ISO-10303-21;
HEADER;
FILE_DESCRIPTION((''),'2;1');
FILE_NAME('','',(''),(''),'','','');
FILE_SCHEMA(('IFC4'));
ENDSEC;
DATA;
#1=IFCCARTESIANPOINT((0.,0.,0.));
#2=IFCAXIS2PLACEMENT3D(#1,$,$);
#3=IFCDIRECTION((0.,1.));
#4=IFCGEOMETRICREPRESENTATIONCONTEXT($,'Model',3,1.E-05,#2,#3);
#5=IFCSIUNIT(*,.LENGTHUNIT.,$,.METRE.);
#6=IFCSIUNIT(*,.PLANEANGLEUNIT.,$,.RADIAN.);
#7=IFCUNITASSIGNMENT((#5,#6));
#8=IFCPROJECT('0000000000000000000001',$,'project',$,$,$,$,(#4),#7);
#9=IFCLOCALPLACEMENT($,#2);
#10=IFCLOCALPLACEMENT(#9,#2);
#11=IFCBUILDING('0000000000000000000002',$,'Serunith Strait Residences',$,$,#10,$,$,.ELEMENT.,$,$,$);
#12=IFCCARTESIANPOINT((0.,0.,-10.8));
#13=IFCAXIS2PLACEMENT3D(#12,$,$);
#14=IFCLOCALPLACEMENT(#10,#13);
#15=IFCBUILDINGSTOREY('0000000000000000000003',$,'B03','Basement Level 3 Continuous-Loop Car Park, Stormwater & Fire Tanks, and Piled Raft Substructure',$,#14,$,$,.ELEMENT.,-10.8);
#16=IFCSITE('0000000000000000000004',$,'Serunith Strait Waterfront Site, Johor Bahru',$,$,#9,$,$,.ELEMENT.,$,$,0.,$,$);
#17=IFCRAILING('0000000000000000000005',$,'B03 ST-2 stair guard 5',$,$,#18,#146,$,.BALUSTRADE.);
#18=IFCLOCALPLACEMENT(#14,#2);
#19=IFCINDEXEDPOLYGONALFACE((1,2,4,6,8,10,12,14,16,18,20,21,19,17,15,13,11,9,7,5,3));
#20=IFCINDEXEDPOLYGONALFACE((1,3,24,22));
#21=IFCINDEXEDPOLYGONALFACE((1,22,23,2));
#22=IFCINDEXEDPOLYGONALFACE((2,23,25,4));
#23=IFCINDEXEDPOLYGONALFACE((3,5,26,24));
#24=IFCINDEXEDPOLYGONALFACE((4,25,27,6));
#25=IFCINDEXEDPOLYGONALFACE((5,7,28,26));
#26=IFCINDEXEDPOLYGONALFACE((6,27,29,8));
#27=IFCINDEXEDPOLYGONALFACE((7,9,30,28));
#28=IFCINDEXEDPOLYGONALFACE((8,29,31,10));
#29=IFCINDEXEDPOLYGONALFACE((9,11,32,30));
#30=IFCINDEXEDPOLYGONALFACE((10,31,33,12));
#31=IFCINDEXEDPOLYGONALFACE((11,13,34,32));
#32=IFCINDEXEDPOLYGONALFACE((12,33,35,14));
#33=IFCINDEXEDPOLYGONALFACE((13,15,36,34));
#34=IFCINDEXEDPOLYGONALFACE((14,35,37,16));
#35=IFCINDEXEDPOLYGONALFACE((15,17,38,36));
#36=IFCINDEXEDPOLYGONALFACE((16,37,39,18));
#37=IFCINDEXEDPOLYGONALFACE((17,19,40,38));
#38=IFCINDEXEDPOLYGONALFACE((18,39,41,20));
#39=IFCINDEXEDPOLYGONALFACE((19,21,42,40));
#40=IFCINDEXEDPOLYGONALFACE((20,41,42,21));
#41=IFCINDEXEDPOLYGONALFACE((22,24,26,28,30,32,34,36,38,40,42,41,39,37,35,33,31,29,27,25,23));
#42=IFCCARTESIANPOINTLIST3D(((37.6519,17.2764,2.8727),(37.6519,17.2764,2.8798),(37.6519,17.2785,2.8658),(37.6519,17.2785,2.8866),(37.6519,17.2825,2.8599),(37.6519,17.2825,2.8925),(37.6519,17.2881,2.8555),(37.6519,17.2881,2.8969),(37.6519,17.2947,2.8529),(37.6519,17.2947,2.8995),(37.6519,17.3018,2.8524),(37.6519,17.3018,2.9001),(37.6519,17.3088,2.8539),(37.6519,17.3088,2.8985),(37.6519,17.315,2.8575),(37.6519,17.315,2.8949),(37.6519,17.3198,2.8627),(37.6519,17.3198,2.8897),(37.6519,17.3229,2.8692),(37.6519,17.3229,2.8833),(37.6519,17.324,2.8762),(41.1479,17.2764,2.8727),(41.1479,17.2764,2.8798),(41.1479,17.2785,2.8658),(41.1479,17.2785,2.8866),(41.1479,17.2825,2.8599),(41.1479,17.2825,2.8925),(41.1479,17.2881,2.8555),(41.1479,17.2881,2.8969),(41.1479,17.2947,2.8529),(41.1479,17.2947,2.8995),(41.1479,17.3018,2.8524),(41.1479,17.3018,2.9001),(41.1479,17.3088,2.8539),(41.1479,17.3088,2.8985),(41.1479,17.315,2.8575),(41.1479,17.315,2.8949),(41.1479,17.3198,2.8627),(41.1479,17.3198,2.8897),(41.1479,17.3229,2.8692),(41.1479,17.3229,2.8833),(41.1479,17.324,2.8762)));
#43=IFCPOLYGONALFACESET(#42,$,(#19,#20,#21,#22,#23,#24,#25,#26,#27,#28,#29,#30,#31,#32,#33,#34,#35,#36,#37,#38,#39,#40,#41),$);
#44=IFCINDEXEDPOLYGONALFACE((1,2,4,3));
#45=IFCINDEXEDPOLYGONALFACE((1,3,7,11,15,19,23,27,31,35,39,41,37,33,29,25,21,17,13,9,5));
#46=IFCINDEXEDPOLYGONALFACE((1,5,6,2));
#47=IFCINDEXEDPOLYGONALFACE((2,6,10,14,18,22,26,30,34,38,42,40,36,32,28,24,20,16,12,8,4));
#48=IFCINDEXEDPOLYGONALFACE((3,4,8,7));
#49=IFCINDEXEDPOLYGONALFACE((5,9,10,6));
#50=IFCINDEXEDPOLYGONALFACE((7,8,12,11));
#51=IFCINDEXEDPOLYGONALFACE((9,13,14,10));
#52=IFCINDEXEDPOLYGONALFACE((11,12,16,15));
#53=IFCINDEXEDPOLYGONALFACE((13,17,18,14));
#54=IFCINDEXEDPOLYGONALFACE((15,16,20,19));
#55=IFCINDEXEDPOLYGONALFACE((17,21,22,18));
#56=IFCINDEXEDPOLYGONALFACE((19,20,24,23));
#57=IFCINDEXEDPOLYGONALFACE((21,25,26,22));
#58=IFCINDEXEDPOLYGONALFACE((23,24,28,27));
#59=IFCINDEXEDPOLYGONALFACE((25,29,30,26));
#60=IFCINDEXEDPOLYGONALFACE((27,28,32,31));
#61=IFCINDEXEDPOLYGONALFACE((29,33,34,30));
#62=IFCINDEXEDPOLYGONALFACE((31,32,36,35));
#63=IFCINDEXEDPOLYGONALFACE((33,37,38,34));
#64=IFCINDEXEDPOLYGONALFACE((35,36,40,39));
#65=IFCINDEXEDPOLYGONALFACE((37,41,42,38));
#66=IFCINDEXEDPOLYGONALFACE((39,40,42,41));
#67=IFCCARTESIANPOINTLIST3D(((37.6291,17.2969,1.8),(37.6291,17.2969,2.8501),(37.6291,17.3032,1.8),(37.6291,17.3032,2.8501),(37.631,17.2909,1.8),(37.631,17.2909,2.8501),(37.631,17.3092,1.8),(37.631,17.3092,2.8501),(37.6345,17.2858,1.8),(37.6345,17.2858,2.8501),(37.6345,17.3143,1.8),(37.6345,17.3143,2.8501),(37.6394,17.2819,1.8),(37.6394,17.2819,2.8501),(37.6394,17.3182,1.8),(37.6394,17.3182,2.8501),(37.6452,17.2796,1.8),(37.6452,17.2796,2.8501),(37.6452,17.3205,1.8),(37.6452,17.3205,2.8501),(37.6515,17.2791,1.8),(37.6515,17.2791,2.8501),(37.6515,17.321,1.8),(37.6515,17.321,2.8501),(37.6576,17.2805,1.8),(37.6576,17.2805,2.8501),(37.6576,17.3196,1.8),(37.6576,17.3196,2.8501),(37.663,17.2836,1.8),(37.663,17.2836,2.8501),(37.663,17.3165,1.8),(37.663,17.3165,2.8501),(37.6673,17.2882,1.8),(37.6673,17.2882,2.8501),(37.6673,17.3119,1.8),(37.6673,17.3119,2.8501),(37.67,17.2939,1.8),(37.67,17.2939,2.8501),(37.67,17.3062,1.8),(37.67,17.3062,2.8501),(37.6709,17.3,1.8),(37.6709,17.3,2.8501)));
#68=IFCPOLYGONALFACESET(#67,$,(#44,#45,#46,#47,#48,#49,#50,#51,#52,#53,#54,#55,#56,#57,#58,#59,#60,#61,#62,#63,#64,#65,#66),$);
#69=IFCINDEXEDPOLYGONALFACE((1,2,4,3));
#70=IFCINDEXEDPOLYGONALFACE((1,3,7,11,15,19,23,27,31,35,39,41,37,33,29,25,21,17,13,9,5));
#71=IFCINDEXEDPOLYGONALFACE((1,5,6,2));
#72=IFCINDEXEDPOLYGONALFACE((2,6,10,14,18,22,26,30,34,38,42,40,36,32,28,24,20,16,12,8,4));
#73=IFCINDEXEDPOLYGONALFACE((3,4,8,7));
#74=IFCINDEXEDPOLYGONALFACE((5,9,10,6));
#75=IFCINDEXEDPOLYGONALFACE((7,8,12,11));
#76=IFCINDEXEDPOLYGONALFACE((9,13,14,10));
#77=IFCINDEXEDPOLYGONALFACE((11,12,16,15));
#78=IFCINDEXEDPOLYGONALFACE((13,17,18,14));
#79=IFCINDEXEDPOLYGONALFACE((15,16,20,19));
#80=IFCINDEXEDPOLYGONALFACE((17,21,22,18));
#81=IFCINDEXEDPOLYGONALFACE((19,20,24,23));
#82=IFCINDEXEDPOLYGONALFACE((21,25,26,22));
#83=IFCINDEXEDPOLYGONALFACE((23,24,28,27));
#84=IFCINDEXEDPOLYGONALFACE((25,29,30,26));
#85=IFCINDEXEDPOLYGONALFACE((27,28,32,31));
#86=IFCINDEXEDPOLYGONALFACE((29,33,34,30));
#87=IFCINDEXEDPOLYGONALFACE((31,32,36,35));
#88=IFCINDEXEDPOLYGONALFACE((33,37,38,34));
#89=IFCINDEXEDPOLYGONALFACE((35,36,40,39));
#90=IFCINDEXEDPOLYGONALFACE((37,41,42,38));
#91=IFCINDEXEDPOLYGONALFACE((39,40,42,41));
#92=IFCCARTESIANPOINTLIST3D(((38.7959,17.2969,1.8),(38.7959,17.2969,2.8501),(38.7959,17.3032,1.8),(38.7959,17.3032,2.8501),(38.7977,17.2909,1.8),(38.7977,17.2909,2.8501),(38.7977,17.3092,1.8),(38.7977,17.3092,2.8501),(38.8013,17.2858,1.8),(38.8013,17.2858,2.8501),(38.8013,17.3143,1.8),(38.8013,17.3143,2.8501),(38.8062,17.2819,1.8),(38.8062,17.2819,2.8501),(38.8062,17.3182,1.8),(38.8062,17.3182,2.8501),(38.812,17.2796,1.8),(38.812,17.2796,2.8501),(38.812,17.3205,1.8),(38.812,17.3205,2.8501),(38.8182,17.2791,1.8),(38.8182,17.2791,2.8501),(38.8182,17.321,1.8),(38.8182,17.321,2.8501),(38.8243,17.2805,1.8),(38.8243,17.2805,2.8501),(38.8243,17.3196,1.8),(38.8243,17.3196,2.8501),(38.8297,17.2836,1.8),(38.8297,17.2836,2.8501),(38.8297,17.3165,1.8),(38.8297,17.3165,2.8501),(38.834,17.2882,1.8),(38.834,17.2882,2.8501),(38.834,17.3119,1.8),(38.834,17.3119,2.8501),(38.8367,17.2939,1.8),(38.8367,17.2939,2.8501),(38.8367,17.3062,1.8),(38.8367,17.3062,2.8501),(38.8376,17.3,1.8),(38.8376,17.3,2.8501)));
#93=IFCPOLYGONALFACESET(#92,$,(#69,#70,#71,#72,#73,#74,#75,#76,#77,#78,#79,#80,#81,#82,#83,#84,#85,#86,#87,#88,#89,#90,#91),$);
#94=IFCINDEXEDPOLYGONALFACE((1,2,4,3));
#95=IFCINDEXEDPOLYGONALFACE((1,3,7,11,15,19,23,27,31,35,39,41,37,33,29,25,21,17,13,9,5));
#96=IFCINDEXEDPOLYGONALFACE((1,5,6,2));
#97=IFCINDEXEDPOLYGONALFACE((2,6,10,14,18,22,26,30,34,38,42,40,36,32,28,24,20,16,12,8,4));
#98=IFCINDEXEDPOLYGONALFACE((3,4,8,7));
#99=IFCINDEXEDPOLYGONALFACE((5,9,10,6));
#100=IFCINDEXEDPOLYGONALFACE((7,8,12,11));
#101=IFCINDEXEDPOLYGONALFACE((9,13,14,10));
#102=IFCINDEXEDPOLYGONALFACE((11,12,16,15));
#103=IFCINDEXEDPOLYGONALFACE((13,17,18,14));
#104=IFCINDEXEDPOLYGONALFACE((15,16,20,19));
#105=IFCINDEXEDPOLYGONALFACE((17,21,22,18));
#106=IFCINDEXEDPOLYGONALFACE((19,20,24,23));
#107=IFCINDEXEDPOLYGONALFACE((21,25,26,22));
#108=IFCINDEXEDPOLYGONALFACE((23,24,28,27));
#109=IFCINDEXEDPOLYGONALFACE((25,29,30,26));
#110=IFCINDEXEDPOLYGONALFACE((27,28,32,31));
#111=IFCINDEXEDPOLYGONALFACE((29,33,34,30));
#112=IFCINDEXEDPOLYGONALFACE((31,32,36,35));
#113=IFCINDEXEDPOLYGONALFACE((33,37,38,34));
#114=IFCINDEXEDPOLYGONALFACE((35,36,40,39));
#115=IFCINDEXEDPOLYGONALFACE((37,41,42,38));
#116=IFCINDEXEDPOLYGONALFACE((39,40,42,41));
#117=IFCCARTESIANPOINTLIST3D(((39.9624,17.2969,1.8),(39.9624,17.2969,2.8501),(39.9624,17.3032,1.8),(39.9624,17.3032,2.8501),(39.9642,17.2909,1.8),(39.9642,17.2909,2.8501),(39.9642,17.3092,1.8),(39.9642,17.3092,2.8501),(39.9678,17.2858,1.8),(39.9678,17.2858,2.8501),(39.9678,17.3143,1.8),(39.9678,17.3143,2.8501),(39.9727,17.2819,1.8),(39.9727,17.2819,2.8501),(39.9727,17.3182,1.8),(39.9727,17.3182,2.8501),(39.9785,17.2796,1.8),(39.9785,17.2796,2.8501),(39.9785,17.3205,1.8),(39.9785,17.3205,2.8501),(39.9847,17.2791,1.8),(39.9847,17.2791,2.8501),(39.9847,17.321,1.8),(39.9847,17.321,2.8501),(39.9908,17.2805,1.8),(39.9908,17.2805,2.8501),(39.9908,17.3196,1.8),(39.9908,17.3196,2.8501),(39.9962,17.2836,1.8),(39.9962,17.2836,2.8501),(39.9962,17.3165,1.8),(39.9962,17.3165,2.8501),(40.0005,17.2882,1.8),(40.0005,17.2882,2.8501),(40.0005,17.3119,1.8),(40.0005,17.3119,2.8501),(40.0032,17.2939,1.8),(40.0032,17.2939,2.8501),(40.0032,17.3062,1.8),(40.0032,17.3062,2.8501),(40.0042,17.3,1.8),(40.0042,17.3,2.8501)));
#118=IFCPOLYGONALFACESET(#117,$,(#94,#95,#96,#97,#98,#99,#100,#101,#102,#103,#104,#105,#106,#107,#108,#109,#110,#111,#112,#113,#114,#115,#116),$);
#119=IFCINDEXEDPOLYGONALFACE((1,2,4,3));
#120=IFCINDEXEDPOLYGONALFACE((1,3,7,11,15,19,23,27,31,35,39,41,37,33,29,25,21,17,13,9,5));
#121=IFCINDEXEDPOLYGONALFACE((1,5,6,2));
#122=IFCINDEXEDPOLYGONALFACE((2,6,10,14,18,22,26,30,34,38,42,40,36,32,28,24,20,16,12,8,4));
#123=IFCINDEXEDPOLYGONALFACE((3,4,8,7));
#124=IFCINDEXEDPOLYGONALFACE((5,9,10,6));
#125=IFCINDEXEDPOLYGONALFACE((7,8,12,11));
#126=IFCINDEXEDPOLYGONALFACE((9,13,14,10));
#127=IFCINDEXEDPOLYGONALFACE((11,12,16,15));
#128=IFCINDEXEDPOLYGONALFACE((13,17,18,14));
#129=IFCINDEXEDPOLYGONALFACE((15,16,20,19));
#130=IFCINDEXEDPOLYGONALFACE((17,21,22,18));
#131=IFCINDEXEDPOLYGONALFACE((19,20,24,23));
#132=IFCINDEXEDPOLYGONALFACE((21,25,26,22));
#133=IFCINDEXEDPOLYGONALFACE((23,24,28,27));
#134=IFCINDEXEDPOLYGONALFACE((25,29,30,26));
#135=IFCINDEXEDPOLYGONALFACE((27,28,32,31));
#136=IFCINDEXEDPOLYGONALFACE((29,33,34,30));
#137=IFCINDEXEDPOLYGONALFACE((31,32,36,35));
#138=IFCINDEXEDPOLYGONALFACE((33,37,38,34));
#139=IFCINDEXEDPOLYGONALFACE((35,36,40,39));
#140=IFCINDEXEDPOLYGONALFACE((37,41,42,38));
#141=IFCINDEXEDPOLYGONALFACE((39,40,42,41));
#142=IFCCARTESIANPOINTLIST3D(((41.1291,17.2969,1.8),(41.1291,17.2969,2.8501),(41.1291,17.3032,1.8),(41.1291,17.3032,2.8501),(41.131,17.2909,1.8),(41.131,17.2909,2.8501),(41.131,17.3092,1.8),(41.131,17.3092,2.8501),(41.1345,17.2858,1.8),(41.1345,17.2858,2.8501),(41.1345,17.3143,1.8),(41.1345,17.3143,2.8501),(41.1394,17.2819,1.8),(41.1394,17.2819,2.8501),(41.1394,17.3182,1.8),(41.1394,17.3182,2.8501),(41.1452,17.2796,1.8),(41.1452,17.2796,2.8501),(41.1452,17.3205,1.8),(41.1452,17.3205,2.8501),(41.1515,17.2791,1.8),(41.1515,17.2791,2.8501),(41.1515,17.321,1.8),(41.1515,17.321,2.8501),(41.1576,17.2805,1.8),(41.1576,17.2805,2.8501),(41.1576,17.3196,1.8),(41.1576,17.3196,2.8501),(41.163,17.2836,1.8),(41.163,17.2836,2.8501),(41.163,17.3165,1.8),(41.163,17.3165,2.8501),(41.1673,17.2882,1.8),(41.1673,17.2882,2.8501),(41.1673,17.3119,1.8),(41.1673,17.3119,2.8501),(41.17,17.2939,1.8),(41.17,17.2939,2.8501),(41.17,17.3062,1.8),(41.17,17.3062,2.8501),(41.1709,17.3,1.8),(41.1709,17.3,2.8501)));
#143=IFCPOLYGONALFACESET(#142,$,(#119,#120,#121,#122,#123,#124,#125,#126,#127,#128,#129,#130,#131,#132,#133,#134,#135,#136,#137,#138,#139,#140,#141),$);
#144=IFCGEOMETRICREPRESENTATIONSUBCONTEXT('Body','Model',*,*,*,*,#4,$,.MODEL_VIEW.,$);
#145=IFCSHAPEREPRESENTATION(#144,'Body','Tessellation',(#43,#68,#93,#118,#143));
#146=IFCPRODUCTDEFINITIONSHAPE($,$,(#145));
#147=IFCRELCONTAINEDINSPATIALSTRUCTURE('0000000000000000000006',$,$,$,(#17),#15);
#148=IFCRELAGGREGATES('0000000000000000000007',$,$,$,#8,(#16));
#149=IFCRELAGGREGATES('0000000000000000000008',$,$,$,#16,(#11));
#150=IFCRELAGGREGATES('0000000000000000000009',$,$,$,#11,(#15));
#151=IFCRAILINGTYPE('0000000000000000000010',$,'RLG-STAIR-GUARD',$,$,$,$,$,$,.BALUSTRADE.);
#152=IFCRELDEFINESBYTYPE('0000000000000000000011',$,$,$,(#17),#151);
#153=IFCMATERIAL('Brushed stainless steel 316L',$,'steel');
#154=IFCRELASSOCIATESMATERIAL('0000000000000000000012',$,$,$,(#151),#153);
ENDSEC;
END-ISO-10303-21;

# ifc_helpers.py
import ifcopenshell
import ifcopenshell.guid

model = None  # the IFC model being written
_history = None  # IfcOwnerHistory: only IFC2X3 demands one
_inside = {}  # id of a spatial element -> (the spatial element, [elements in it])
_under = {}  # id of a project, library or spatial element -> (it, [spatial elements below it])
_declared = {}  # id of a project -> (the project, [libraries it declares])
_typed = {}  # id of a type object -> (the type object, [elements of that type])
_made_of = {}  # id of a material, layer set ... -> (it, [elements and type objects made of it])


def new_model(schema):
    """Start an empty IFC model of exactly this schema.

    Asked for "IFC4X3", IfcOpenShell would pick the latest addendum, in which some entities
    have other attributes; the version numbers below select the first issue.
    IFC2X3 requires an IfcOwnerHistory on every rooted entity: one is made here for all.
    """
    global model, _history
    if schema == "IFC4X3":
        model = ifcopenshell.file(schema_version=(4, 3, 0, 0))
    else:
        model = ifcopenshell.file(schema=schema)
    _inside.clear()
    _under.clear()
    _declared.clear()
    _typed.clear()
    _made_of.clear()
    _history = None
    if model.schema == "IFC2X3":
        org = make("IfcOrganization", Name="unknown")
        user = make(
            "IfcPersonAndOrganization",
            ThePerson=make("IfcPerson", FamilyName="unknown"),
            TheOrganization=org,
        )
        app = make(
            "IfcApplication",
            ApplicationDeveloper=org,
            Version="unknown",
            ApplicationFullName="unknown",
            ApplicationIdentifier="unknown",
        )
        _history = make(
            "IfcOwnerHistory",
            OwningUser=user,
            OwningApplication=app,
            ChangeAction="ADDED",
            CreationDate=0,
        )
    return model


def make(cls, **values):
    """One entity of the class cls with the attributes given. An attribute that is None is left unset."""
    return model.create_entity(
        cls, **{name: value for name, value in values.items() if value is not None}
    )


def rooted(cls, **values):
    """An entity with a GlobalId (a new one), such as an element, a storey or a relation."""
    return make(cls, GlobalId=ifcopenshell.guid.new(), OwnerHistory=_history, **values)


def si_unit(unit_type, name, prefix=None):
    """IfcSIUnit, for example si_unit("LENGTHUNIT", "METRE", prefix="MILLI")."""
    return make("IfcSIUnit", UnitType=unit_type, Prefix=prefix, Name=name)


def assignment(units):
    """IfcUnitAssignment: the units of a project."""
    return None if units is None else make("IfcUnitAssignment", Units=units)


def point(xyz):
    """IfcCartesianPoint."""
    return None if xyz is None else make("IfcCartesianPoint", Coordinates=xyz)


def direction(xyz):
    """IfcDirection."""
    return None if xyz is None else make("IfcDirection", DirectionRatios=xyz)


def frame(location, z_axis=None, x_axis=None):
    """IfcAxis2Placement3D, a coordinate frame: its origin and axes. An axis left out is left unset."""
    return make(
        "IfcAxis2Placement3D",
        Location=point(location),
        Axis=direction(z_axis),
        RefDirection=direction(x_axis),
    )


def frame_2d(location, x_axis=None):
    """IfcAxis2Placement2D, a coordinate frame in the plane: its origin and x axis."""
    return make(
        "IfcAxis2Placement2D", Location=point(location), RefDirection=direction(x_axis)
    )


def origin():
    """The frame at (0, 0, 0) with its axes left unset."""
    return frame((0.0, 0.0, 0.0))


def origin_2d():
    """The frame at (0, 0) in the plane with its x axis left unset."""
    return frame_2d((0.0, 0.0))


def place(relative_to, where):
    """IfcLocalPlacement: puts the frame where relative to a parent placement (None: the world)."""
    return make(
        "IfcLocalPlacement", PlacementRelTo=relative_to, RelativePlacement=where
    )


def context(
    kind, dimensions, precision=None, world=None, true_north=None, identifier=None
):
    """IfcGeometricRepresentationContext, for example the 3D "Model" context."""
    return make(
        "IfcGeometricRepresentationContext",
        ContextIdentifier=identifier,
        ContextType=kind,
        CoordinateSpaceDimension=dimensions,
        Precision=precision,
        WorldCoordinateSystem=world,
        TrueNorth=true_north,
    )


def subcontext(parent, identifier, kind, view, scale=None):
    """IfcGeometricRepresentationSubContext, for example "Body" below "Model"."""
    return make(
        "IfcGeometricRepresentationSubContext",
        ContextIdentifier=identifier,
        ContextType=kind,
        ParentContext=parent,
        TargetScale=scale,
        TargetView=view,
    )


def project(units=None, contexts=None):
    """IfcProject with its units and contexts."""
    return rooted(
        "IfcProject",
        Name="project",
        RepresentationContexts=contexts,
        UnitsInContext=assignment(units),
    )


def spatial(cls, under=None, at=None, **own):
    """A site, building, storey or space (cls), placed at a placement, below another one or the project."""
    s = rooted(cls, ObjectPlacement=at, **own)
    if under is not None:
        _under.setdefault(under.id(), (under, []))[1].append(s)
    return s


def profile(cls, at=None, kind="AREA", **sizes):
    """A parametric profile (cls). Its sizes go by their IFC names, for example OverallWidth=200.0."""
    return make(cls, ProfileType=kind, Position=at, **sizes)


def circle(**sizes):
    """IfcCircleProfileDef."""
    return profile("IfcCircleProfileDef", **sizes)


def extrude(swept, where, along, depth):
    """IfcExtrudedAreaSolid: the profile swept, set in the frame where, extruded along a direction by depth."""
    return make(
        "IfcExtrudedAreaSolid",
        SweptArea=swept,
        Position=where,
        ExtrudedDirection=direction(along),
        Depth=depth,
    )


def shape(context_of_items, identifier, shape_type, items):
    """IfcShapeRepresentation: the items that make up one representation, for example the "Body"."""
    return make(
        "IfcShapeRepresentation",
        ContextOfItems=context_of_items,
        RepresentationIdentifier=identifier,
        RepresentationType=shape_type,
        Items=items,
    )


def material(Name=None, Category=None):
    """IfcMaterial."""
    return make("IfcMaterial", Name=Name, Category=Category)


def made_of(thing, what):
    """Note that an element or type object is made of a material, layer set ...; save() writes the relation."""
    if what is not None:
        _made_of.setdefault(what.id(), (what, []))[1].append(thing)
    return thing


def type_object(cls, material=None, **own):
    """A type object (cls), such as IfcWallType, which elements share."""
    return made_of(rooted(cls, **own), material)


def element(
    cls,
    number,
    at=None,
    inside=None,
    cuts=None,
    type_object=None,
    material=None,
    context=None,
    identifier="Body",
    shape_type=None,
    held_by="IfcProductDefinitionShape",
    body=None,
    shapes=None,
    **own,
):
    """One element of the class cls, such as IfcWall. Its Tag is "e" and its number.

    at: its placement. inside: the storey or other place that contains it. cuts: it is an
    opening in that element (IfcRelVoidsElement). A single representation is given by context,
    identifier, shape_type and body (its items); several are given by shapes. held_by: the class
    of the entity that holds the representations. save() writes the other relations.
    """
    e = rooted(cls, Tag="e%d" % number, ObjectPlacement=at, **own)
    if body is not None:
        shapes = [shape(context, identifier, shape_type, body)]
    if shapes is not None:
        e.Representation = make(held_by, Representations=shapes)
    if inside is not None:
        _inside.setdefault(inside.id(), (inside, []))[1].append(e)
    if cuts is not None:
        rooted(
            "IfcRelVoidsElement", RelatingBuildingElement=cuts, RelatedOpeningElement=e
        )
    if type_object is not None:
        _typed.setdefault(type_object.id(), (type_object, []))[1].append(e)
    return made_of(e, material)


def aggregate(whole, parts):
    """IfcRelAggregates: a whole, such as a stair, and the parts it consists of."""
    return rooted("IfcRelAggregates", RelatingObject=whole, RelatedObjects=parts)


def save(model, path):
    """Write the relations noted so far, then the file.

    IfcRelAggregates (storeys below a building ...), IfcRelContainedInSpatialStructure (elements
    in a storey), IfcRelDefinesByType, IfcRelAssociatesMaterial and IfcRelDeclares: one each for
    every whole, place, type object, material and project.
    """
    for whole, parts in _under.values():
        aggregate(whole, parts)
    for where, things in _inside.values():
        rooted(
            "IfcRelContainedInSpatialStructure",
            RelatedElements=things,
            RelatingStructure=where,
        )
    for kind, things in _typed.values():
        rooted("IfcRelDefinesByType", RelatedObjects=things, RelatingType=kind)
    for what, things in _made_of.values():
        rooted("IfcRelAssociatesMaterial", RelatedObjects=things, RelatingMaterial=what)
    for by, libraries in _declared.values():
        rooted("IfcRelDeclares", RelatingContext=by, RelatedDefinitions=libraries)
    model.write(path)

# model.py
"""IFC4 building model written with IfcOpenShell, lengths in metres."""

from ifc_helpers import new_model, si_unit, direction, frame, origin, origin_2d, place, context, subcontext, project, spatial, circle, extrude, material, type_object, element, save


model = new_model("IFC4")

# Units and contexts
model_context = context("Model", 3, precision=1e-05, world=origin(), true_north=direction((0.0, 1.0)))
body_context = subcontext(model_context, "Body", "Model", "MODEL_VIEW")
ifc_project = project(units=[si_unit("LENGTHUNIT", "METRE"), si_unit("PLANEANGLEUNIT", "RADIAN")], contexts=[model_context])

# Site, building, storey
site_placement = place(None, origin())
site = spatial("IfcSite", under=ifc_project, at=site_placement, Name="Serunith Strait Waterfront Site, Johor Bahru", CompositionType="ELEMENT", RefElevation=0.0)
building_placement = place(site_placement, origin())
building = spatial("IfcBuilding", under=site, at=building_placement, Name="Serunith Strait Residences", CompositionType="ELEMENT")
storey_placement = place(building_placement, frame((0.0, 0.0, -10.8)))
storey = spatial("IfcBuildingStorey", under=building, at=storey_placement, Name="B03", Description="Basement Level 3 Continuous-Loop Car Park, Stormwater & Fire Tanks, and Piled Raft Substructure", CompositionType="ELEMENT", Elevation=-10.8)

# Railing
ifc_material_1 = material(Name="Brushed stainless steel 316L", Category="steel")
railing_type_1 = type_object("IfcRailingType", Name="RLG-STAIR-GUARD", PredefinedType="BALUSTRADE", material=ifc_material_1)
railing_1_placement = place(storey_placement, frame((37.6499, 17.3, 1.8)))
element("IfcRailing", 1, at=railing_1_placement, inside=storey, type_object=railing_type_1, Name="B03 ST-2 stair guard 5", PredefinedType="BALUSTRADE", context=body_context, shape_type="SweptSolid", body=[
    extrude(circle(Radius=0.0239, at=origin_2d()), frame((0.002, 0.0, 1.0762), z_axis=(1.0, 0.0, 0.0), x_axis=(0.0, 1.0, 0.0)), (0.0, 0.0, 1.0), 3.4961),
    extrude(circle(Radius=0.021, at=origin_2d()), origin(), (0.0, 0.0, 1.0), 1.05),
    extrude(circle(Radius=0.021, at=origin_2d()), frame((1.1667, 0.0, 0.0)), (0.0, 0.0, 1.0), 1.05),
    extrude(circle(Radius=0.021, at=origin_2d()), frame((2.3333, 0.0, 0.0)), (0.0, 0.0, 1.0), 1.05),
    extrude(circle(Radius=0.021, at=origin_2d()), frame((3.5, 0.0, 0.0)), (0.0, 0.0, 1.0), 1.05),
])

save(model, "model.ifc")
